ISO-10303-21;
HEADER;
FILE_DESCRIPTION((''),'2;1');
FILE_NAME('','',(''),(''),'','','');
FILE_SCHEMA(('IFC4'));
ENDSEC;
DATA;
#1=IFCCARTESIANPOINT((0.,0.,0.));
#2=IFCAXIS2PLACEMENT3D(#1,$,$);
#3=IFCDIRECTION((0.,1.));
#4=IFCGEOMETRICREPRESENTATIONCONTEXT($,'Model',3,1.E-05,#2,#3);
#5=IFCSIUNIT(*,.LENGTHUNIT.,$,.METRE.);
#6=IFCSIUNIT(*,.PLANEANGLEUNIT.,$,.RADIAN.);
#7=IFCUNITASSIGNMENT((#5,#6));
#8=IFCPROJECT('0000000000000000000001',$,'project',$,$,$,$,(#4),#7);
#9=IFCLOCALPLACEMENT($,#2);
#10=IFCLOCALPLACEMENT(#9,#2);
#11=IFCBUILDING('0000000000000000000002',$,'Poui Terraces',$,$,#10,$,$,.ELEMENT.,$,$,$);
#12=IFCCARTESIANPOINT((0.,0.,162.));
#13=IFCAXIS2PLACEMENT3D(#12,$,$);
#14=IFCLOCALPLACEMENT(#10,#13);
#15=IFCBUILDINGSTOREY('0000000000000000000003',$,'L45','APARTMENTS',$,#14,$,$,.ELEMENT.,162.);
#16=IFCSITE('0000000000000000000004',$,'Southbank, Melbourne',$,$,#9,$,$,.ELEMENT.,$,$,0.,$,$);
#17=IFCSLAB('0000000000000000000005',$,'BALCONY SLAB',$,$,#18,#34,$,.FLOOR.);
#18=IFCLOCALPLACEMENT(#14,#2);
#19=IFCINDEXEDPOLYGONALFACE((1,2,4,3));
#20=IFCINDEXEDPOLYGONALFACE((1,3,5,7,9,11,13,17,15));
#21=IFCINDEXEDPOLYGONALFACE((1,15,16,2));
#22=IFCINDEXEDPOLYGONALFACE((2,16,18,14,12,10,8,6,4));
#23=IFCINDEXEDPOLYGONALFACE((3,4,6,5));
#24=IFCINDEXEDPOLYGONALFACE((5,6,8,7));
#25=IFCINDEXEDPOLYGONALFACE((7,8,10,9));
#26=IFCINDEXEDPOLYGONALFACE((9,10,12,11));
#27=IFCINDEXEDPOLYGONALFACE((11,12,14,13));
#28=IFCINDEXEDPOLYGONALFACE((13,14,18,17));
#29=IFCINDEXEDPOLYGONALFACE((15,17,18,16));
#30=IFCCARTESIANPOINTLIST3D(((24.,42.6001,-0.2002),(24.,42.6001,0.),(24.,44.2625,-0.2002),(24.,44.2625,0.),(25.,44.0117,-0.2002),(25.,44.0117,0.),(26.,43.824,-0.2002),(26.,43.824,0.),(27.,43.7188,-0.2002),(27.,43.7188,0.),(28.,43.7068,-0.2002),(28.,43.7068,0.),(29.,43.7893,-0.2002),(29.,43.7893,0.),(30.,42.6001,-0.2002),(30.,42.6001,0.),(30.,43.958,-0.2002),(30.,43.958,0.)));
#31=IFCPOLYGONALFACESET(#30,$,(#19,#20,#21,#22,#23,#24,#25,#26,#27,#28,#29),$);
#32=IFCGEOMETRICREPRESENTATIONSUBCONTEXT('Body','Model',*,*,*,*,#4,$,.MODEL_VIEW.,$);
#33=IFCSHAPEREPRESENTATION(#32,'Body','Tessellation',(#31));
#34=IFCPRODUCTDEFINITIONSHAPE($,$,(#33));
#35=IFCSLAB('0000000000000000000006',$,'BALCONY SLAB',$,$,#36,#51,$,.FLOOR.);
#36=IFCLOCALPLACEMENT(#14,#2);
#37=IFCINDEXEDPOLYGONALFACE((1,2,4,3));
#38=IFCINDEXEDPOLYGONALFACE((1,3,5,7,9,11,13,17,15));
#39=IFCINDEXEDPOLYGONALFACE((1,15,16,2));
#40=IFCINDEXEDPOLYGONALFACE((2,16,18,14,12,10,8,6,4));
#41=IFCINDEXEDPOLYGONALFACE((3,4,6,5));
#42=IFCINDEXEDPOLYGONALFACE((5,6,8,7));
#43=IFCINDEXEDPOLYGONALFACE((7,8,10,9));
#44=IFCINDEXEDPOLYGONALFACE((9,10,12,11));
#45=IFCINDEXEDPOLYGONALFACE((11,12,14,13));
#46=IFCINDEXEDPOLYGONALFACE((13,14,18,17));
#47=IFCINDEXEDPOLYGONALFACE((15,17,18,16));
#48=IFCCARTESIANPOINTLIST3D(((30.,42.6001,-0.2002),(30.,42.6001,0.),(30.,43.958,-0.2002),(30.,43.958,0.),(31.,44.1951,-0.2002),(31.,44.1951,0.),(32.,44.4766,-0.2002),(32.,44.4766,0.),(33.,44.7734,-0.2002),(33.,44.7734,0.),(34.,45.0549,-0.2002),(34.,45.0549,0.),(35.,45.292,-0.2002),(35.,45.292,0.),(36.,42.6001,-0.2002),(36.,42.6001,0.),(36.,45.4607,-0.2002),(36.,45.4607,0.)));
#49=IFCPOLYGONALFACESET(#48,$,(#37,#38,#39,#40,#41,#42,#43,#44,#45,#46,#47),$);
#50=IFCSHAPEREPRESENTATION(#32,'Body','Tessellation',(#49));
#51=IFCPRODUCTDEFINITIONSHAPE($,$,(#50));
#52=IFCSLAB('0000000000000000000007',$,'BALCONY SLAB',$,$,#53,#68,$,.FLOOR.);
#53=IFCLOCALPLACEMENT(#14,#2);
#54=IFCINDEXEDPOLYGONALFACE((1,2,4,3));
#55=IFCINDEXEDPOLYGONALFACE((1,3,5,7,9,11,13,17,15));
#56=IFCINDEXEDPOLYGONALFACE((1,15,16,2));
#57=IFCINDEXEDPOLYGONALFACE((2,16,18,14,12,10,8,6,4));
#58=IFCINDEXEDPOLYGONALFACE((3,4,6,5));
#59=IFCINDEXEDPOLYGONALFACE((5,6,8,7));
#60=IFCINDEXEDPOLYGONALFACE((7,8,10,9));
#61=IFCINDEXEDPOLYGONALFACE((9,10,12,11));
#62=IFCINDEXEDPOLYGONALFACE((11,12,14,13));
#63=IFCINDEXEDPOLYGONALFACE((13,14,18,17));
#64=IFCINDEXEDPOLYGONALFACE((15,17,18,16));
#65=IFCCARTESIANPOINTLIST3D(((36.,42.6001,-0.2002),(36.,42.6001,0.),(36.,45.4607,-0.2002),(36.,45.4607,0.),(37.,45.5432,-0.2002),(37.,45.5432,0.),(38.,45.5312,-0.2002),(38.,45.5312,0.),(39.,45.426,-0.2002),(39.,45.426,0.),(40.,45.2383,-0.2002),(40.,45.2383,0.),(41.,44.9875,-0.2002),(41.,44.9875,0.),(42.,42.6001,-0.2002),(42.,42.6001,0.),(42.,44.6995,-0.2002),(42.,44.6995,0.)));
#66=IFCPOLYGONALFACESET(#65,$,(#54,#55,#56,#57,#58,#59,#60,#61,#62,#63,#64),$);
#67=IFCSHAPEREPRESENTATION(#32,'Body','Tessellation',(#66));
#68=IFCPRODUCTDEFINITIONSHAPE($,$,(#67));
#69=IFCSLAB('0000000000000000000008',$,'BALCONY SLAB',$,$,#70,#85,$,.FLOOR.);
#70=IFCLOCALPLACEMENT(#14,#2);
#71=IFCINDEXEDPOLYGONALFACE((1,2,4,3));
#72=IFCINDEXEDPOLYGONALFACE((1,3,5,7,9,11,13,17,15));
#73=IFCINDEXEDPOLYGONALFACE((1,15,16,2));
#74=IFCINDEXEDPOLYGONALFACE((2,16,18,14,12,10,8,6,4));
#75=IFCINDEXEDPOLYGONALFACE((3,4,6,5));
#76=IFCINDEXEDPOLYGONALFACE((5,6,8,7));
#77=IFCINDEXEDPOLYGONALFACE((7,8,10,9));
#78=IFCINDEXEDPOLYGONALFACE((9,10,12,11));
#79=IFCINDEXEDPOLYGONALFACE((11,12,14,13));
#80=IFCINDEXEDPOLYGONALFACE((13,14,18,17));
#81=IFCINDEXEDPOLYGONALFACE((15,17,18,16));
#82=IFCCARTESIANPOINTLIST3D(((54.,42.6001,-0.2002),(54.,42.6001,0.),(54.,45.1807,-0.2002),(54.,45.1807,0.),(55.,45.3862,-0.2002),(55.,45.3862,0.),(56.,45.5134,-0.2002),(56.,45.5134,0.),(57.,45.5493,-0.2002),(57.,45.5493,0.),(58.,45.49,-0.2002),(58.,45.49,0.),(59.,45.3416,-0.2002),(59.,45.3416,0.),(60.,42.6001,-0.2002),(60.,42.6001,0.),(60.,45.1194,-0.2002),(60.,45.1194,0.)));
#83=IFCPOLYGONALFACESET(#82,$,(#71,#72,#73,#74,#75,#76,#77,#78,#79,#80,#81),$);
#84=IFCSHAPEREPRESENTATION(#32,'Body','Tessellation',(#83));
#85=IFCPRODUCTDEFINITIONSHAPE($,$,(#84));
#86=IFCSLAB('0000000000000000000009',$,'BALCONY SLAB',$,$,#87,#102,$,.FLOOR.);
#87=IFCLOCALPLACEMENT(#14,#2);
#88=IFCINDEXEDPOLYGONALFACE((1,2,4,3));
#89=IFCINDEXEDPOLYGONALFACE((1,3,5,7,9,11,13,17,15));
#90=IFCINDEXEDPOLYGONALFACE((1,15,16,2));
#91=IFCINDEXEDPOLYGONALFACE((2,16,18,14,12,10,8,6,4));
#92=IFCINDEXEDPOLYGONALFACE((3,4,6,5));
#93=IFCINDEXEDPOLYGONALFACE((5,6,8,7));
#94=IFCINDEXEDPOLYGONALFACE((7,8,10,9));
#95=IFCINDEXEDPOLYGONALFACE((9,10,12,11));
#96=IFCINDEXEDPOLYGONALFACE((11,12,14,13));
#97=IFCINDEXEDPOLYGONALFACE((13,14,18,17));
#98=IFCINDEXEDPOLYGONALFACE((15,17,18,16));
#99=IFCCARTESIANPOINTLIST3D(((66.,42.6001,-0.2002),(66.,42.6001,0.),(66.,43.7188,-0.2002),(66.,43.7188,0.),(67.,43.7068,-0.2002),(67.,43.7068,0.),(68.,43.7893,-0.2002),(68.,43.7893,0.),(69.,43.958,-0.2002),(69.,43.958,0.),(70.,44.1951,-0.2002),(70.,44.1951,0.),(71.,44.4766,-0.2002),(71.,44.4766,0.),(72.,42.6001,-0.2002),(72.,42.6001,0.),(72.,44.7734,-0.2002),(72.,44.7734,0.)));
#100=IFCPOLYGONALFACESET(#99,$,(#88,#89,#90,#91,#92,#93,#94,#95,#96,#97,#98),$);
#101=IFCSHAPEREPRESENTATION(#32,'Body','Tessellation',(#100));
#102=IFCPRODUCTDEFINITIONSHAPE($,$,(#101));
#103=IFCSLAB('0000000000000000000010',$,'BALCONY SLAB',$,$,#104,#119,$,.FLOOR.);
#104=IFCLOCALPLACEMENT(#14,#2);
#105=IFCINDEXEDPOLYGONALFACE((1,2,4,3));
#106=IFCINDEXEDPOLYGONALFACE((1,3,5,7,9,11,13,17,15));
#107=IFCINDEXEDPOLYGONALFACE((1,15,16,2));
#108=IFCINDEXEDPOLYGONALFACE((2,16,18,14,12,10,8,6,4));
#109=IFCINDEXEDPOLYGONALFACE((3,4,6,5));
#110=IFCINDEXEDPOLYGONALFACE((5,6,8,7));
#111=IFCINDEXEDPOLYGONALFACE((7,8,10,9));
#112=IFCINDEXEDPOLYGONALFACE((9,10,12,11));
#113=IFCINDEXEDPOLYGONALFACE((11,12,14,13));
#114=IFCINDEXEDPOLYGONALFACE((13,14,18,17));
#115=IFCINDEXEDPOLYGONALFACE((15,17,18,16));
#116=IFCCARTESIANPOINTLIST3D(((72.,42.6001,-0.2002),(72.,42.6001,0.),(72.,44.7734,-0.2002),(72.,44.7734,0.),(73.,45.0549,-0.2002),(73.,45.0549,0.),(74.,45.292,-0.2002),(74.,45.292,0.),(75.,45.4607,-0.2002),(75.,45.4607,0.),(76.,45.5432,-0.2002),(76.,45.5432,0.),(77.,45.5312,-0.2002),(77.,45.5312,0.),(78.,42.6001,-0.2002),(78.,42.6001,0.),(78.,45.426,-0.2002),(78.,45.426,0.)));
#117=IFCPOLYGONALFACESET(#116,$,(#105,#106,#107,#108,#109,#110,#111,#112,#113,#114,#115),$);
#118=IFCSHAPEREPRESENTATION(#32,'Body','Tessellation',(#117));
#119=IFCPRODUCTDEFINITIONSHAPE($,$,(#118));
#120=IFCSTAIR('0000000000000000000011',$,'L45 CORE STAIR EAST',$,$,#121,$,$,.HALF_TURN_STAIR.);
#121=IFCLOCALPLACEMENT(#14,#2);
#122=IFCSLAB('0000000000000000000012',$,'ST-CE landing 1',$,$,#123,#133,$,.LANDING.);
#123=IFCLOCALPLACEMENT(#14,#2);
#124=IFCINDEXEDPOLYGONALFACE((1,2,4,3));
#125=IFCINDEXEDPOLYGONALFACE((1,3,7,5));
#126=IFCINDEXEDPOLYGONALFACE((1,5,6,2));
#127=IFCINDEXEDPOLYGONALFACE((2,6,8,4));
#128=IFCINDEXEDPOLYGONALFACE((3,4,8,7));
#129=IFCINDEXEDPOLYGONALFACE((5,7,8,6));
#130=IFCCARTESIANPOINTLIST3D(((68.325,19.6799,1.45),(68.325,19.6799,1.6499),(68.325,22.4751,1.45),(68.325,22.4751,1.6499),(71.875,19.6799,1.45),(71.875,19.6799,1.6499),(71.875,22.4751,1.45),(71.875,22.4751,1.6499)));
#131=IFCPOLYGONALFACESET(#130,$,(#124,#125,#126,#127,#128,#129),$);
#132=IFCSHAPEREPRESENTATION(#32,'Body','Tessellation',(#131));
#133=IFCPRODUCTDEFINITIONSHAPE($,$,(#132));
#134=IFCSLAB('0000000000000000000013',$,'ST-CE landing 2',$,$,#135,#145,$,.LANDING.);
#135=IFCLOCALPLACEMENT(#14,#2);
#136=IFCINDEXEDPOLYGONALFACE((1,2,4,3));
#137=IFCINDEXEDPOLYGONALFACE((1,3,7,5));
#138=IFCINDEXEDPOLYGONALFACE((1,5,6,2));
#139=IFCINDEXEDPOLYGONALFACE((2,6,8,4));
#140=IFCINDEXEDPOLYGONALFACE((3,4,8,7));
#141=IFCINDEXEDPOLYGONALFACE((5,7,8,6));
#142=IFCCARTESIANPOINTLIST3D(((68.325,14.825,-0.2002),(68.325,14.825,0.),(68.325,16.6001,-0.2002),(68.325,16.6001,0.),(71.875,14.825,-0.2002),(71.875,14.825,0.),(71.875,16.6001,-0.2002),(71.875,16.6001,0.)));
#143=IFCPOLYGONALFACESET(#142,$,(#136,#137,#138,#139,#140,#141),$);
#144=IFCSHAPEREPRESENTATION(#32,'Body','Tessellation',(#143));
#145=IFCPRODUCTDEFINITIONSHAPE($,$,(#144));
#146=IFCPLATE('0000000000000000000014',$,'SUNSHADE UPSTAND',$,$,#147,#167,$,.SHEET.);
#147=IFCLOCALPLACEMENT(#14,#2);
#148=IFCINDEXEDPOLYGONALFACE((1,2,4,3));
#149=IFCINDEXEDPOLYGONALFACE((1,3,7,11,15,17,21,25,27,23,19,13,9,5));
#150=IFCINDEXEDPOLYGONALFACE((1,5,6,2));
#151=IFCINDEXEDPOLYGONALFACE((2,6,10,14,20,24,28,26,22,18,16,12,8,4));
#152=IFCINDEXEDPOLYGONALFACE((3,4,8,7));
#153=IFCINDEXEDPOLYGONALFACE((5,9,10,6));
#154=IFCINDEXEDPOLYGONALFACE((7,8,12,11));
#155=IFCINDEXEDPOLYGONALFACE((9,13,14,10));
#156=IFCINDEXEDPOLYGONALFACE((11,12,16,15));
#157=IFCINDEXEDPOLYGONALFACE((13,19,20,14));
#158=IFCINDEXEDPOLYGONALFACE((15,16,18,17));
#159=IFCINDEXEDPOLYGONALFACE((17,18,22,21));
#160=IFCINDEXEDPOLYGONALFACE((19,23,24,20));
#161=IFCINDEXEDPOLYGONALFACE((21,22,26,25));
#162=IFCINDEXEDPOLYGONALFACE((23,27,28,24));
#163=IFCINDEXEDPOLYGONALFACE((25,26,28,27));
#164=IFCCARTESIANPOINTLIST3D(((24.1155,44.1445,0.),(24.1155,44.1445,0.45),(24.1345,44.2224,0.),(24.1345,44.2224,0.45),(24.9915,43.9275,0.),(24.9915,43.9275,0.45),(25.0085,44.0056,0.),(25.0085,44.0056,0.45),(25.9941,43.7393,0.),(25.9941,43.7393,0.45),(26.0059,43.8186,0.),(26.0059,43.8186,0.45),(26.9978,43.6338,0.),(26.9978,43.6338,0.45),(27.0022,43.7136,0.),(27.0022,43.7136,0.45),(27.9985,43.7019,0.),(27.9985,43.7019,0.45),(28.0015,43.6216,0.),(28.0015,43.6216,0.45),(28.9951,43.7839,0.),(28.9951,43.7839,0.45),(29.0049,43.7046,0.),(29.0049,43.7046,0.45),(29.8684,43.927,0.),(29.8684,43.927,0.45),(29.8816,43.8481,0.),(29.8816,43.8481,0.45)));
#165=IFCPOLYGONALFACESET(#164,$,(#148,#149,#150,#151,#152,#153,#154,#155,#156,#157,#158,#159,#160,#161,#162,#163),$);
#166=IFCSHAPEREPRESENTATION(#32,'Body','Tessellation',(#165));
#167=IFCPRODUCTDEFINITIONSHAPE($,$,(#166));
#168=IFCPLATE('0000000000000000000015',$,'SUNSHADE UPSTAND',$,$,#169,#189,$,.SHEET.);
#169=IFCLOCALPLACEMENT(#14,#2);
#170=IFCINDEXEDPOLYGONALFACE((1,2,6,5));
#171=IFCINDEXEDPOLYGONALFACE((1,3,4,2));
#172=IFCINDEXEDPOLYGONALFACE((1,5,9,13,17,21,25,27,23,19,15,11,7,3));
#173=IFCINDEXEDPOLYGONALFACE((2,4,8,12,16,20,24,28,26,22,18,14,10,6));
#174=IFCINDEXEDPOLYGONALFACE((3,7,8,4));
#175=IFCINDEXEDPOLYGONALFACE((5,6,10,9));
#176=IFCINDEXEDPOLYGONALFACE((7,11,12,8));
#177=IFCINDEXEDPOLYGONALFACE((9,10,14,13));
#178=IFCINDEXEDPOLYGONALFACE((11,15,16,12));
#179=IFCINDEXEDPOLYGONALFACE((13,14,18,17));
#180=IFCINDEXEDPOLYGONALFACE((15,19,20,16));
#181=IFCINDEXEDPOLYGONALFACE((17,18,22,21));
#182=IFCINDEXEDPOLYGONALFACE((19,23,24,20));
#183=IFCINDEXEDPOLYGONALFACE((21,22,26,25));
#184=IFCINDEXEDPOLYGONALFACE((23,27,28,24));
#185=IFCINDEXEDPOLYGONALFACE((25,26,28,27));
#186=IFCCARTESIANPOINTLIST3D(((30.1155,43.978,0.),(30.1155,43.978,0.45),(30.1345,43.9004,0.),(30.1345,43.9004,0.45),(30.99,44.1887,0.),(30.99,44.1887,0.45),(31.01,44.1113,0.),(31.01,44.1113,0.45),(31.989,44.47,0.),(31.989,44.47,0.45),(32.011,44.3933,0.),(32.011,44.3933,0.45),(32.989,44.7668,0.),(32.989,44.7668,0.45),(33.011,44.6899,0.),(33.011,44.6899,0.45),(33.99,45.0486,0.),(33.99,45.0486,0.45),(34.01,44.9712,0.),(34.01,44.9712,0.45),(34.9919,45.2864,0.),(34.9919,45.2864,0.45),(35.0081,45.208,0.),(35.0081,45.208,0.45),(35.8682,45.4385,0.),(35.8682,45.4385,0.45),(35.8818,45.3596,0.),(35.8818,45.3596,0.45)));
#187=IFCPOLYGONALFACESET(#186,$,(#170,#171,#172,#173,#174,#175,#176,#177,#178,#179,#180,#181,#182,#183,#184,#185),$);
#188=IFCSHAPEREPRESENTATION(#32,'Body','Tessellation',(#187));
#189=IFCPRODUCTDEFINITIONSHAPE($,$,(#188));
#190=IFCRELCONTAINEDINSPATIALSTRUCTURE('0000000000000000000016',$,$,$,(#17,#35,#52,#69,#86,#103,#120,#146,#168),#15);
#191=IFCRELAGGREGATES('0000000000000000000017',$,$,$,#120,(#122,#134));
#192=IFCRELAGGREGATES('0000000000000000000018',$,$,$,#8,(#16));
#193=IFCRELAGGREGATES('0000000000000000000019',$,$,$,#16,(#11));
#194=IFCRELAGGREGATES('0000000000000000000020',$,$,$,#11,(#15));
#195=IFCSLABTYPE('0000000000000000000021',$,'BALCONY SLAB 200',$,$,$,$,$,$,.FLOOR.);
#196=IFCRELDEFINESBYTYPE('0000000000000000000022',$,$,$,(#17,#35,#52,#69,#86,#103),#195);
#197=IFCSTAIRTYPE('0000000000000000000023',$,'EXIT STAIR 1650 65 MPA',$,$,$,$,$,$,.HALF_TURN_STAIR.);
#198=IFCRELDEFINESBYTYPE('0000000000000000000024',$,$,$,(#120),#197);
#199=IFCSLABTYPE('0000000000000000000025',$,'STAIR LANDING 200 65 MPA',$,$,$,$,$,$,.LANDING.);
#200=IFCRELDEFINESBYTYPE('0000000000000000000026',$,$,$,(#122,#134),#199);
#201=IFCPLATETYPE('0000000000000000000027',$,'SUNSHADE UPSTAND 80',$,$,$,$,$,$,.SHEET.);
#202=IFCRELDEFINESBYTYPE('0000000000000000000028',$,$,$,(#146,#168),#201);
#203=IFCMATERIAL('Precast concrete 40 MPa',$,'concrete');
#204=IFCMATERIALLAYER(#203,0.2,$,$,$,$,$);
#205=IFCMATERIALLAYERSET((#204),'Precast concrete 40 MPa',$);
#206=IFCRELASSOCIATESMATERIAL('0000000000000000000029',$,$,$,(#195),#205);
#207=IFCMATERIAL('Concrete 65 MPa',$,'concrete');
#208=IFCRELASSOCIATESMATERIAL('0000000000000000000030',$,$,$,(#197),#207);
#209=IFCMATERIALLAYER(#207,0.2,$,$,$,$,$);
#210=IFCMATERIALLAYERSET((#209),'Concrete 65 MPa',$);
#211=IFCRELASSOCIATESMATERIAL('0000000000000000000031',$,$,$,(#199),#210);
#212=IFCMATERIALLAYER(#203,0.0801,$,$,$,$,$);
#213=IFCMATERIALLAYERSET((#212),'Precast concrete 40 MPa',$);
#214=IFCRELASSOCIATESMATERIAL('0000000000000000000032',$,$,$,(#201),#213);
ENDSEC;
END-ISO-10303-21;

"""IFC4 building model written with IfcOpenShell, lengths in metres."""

from ifc_helpers import new_model, si_unit, direction, frame, origin, place, context, subcontext, project, spatial, polyline, outline, extrude, material, layer, layer_set, type_object, element, aggregate, save


model = new_model("IFC4")

# Units and contexts
model_context = context("Model", 3, precision=1e-05, world=origin(), true_north=direction((0.0, 1.0)))
body_context = subcontext(model_context, "Body", "Model", "MODEL_VIEW")
ifc_project = project(units=[si_unit("LENGTHUNIT", "METRE"), si_unit("PLANEANGLEUNIT", "RADIAN")], contexts=[model_context])

# Site, building, storey
site_placement = place(None, origin())
site = spatial("IfcSite", under=ifc_project, at=site_placement, Name="Southbank, Melbourne", CompositionType="ELEMENT", RefElevation=0.0)
building_placement = place(site_placement, origin())
building = spatial("IfcBuilding", under=site, at=building_placement, Name="Poui Terraces", CompositionType="ELEMENT")
storey_placement = place(building_placement, frame((0.0, 0.0, 162.0)))
storey = spatial("IfcBuildingStorey", under=building, at=storey_placement, Name="L45", Description="APARTMENTS", CompositionType="ELEMENT", Elevation=162.0)

# Slabs
ifc_material_1 = material(Name="Precast concrete 40 MPa", Category="concrete")
ifc_layer_1 = layer(ifc_material_1, 0.2)
ifc_layer_set_1 = layer_set([ifc_layer_1], Name="Precast concrete 40 MPa")
slab_type_1 = type_object("IfcSlabType", Name="BALCONY SLAB 200", PredefinedType="FLOOR", material=ifc_layer_set_1)
slab_1_placement = place(storey_placement, frame((0.0, 0.0, -0.2002)))
element("IfcSlab", 1, at=slab_1_placement, inside=storey, type_object=slab_type_1, Name="BALCONY SLAB", PredefinedType="FLOOR", context=body_context, shape_type="SweptSolid", body=[
    extrude(outline(polyline([(24.0, 42.6001), (30.0, 42.6001), (30.0, 43.958), (29.0, 43.7893), (28.0, 43.7068), (27.0, 43.7188), (26.0, 43.824), (25.0, 44.0117), (24.0, 44.2625), (24.0, 42.6001)])), origin(), (0.0, 0.0, 1.0), 0.2002),
])
slab_2_placement = place(storey_placement, frame((0.0, 0.0, -0.2002)))
element("IfcSlab", 2, at=slab_2_placement, inside=storey, type_object=slab_type_1, Name="BALCONY SLAB", PredefinedType="FLOOR", context=body_context, shape_type="SweptSolid", body=[
    extrude(outline(polyline([(30.0, 42.6001), (36.0, 42.6001), (36.0, 45.4607), (35.0, 45.292), (34.0, 45.0549), (33.0, 44.7734), (32.0, 44.4766), (31.0, 44.1951), (30.0, 43.958), (30.0, 42.6001)])), origin(), (0.0, 0.0, 1.0), 0.2002),
])
slab_3_placement = place(storey_placement, frame((0.0, 0.0, -0.2002)))
element("IfcSlab", 3, at=slab_3_placement, inside=storey, type_object=slab_type_1, Name="BALCONY SLAB", PredefinedType="FLOOR", context=body_context, shape_type="SweptSolid", body=[
    extrude(outline(polyline([(36.0, 42.6001), (42.0, 42.6001), (42.0, 44.6995), (41.0, 44.9875), (40.0, 45.2383), (39.0, 45.426), (38.0, 45.5312), (37.0, 45.5432), (36.0, 45.4607), (36.0, 42.6001)])), origin(), (0.0, 0.0, 1.0), 0.2002),
])
slab_4_placement = place(storey_placement, frame((0.0, 0.0, -0.2002)))
element("IfcSlab", 4, at=slab_4_placement, inside=storey, type_object=slab_type_1, Name="BALCONY SLAB", PredefinedType="FLOOR", context=body_context, shape_type="SweptSolid", body=[
    extrude(outline(polyline([(54.0, 42.6001), (60.0, 42.6001), (60.0, 45.1194), (59.0, 45.3416), (58.0, 45.49), (57.0, 45.5493), (56.0, 45.5134), (55.0, 45.3862), (54.0, 45.1807), (54.0, 42.6001)])), origin(), (0.0, 0.0, 1.0), 0.2002),
])
slab_5_placement = place(storey_placement, frame((0.0, 0.0, -0.2002)))
element("IfcSlab", 5, at=slab_5_placement, inside=storey, type_object=slab_type_1, Name="BALCONY SLAB", PredefinedType="FLOOR", context=body_context, shape_type="SweptSolid", body=[
    extrude(outline(polyline([(66.0, 42.6001), (72.0, 42.6001), (72.0, 44.7734), (71.0, 44.4766), (70.0, 44.1951), (69.0, 43.958), (68.0, 43.7893), (67.0, 43.7068), (66.0, 43.7188), (66.0, 42.6001)])), origin(), (0.0, 0.0, 1.0), 0.2002),
])
slab_6_placement = place(storey_placement, frame((0.0, 0.0, -0.2002)))
element("IfcSlab", 6, at=slab_6_placement, inside=storey, type_object=slab_type_1, Name="BALCONY SLAB", PredefinedType="FLOOR", context=body_context, shape_type="SweptSolid", body=[
    extrude(outline(polyline([(72.0, 42.6001), (78.0, 42.6001), (78.0, 45.426), (77.0, 45.5312), (76.0, 45.5432), (75.0, 45.4607), (74.0, 45.292), (73.0, 45.0549), (72.0, 44.7734), (72.0, 42.6001)])), origin(), (0.0, 0.0, 1.0), 0.2002),
])

# Stair, slabs
ifc_material_2 = material(Name="Concrete 65 MPa", Category="concrete")
stair_type = type_object("IfcStairType", Name="EXIT STAIR 1650 65 MPA", PredefinedType="HALF_TURN_STAIR", material=ifc_material_2)
stair_placement = place(storey_placement, origin())
stair = element("IfcStair", 7, at=stair_placement, inside=storey, type_object=stair_type, Name="L45 CORE STAIR EAST", PredefinedType="HALF_TURN_STAIR")
ifc_layer_2 = layer(ifc_material_2, 0.2)
ifc_layer_set_2 = layer_set([ifc_layer_2], Name="Concrete 65 MPa")
slab_type_2 = type_object("IfcSlabType", Name="STAIR LANDING 200 65 MPA", PredefinedType="LANDING", material=ifc_layer_set_2)
slab_7_placement = place(storey_placement, frame((0.0, 0.0, 1.45)))
slab_7 = element("IfcSlab", 8, at=slab_7_placement, type_object=slab_type_2, Name="ST-CE landing 1", PredefinedType="LANDING", context=body_context, shape_type="SweptSolid", body=[
    extrude(outline(polyline([(68.325, 19.6799), (71.875, 19.6799), (71.875, 22.4751), (68.325, 22.4751), (68.325, 19.6799)])), origin(), (0.0, 0.0, 1.0), 0.2),
])
slab_8_placement = place(storey_placement, frame((0.0, 0.0, -0.2002)))
slab_8 = element("IfcSlab", 9, at=slab_8_placement, type_object=slab_type_2, Name="ST-CE landing 2", PredefinedType="LANDING", context=body_context, shape_type="SweptSolid", body=[
    extrude(outline(polyline([(68.325, 14.825), (71.875, 14.825), (71.875, 16.6001), (68.325, 16.6001), (68.325, 14.825)])), origin(), (0.0, 0.0, 1.0), 0.2002),
])
aggregate(stair, [slab_7, slab_8])

# Plates
ifc_layer_3 = layer(ifc_material_1, 0.0801)
ifc_layer_set_3 = layer_set([ifc_layer_3], Name="Precast concrete 40 MPa")
plate_type = type_object("IfcPlateType", Name="SUNSHADE UPSTAND 80", PredefinedType="SHEET", material=ifc_layer_set_3)
plate_1_placement = place(storey_placement, origin())
element("IfcPlate", 10, at=plate_1_placement, inside=storey, type_object=plate_type, Name="SUNSHADE UPSTAND", PredefinedType="SHEET", context=body_context, shape_type="SweptSolid", body=[
    extrude(outline(polyline([(25.0085, 44.0056), (24.1345, 44.2224), (24.1155, 44.1445), (24.9915, 43.9275), (25.9941, 43.7393), (26.9978, 43.6338), (28.0015, 43.6216), (29.0049, 43.7046), (29.8816, 43.8481), (29.8684, 43.927), (28.9951, 43.7839), (27.9985, 43.7019), (27.0022, 43.7136), (26.0059, 43.8186), (25.0085, 44.0056)])), origin(), (0.0, 0.0, 1.0), 0.45),
])
plate_2_placement = place(storey_placement, origin())
element("IfcPlate", 11, at=plate_2_placement, inside=storey, type_object=plate_type, Name="SUNSHADE UPSTAND", PredefinedType="SHEET", context=body_context, shape_type="SweptSolid", body=[
    extrude(outline(polyline([(30.99, 44.1887), (30.1155, 43.978), (30.1345, 43.9004), (31.01, 44.1113), (32.011, 44.3933), (33.011, 44.6899), (34.01, 44.9712), (35.0081, 45.208), (35.8818, 45.3596), (35.8682, 45.4385), (34.9919, 45.2864), (33.99, 45.0486), (32.989, 44.7668), (31.989, 44.47), (30.99, 44.1887)])), origin(), (0.0, 0.0, 1.0), 0.45),
])

save(model, "model.ifc")
